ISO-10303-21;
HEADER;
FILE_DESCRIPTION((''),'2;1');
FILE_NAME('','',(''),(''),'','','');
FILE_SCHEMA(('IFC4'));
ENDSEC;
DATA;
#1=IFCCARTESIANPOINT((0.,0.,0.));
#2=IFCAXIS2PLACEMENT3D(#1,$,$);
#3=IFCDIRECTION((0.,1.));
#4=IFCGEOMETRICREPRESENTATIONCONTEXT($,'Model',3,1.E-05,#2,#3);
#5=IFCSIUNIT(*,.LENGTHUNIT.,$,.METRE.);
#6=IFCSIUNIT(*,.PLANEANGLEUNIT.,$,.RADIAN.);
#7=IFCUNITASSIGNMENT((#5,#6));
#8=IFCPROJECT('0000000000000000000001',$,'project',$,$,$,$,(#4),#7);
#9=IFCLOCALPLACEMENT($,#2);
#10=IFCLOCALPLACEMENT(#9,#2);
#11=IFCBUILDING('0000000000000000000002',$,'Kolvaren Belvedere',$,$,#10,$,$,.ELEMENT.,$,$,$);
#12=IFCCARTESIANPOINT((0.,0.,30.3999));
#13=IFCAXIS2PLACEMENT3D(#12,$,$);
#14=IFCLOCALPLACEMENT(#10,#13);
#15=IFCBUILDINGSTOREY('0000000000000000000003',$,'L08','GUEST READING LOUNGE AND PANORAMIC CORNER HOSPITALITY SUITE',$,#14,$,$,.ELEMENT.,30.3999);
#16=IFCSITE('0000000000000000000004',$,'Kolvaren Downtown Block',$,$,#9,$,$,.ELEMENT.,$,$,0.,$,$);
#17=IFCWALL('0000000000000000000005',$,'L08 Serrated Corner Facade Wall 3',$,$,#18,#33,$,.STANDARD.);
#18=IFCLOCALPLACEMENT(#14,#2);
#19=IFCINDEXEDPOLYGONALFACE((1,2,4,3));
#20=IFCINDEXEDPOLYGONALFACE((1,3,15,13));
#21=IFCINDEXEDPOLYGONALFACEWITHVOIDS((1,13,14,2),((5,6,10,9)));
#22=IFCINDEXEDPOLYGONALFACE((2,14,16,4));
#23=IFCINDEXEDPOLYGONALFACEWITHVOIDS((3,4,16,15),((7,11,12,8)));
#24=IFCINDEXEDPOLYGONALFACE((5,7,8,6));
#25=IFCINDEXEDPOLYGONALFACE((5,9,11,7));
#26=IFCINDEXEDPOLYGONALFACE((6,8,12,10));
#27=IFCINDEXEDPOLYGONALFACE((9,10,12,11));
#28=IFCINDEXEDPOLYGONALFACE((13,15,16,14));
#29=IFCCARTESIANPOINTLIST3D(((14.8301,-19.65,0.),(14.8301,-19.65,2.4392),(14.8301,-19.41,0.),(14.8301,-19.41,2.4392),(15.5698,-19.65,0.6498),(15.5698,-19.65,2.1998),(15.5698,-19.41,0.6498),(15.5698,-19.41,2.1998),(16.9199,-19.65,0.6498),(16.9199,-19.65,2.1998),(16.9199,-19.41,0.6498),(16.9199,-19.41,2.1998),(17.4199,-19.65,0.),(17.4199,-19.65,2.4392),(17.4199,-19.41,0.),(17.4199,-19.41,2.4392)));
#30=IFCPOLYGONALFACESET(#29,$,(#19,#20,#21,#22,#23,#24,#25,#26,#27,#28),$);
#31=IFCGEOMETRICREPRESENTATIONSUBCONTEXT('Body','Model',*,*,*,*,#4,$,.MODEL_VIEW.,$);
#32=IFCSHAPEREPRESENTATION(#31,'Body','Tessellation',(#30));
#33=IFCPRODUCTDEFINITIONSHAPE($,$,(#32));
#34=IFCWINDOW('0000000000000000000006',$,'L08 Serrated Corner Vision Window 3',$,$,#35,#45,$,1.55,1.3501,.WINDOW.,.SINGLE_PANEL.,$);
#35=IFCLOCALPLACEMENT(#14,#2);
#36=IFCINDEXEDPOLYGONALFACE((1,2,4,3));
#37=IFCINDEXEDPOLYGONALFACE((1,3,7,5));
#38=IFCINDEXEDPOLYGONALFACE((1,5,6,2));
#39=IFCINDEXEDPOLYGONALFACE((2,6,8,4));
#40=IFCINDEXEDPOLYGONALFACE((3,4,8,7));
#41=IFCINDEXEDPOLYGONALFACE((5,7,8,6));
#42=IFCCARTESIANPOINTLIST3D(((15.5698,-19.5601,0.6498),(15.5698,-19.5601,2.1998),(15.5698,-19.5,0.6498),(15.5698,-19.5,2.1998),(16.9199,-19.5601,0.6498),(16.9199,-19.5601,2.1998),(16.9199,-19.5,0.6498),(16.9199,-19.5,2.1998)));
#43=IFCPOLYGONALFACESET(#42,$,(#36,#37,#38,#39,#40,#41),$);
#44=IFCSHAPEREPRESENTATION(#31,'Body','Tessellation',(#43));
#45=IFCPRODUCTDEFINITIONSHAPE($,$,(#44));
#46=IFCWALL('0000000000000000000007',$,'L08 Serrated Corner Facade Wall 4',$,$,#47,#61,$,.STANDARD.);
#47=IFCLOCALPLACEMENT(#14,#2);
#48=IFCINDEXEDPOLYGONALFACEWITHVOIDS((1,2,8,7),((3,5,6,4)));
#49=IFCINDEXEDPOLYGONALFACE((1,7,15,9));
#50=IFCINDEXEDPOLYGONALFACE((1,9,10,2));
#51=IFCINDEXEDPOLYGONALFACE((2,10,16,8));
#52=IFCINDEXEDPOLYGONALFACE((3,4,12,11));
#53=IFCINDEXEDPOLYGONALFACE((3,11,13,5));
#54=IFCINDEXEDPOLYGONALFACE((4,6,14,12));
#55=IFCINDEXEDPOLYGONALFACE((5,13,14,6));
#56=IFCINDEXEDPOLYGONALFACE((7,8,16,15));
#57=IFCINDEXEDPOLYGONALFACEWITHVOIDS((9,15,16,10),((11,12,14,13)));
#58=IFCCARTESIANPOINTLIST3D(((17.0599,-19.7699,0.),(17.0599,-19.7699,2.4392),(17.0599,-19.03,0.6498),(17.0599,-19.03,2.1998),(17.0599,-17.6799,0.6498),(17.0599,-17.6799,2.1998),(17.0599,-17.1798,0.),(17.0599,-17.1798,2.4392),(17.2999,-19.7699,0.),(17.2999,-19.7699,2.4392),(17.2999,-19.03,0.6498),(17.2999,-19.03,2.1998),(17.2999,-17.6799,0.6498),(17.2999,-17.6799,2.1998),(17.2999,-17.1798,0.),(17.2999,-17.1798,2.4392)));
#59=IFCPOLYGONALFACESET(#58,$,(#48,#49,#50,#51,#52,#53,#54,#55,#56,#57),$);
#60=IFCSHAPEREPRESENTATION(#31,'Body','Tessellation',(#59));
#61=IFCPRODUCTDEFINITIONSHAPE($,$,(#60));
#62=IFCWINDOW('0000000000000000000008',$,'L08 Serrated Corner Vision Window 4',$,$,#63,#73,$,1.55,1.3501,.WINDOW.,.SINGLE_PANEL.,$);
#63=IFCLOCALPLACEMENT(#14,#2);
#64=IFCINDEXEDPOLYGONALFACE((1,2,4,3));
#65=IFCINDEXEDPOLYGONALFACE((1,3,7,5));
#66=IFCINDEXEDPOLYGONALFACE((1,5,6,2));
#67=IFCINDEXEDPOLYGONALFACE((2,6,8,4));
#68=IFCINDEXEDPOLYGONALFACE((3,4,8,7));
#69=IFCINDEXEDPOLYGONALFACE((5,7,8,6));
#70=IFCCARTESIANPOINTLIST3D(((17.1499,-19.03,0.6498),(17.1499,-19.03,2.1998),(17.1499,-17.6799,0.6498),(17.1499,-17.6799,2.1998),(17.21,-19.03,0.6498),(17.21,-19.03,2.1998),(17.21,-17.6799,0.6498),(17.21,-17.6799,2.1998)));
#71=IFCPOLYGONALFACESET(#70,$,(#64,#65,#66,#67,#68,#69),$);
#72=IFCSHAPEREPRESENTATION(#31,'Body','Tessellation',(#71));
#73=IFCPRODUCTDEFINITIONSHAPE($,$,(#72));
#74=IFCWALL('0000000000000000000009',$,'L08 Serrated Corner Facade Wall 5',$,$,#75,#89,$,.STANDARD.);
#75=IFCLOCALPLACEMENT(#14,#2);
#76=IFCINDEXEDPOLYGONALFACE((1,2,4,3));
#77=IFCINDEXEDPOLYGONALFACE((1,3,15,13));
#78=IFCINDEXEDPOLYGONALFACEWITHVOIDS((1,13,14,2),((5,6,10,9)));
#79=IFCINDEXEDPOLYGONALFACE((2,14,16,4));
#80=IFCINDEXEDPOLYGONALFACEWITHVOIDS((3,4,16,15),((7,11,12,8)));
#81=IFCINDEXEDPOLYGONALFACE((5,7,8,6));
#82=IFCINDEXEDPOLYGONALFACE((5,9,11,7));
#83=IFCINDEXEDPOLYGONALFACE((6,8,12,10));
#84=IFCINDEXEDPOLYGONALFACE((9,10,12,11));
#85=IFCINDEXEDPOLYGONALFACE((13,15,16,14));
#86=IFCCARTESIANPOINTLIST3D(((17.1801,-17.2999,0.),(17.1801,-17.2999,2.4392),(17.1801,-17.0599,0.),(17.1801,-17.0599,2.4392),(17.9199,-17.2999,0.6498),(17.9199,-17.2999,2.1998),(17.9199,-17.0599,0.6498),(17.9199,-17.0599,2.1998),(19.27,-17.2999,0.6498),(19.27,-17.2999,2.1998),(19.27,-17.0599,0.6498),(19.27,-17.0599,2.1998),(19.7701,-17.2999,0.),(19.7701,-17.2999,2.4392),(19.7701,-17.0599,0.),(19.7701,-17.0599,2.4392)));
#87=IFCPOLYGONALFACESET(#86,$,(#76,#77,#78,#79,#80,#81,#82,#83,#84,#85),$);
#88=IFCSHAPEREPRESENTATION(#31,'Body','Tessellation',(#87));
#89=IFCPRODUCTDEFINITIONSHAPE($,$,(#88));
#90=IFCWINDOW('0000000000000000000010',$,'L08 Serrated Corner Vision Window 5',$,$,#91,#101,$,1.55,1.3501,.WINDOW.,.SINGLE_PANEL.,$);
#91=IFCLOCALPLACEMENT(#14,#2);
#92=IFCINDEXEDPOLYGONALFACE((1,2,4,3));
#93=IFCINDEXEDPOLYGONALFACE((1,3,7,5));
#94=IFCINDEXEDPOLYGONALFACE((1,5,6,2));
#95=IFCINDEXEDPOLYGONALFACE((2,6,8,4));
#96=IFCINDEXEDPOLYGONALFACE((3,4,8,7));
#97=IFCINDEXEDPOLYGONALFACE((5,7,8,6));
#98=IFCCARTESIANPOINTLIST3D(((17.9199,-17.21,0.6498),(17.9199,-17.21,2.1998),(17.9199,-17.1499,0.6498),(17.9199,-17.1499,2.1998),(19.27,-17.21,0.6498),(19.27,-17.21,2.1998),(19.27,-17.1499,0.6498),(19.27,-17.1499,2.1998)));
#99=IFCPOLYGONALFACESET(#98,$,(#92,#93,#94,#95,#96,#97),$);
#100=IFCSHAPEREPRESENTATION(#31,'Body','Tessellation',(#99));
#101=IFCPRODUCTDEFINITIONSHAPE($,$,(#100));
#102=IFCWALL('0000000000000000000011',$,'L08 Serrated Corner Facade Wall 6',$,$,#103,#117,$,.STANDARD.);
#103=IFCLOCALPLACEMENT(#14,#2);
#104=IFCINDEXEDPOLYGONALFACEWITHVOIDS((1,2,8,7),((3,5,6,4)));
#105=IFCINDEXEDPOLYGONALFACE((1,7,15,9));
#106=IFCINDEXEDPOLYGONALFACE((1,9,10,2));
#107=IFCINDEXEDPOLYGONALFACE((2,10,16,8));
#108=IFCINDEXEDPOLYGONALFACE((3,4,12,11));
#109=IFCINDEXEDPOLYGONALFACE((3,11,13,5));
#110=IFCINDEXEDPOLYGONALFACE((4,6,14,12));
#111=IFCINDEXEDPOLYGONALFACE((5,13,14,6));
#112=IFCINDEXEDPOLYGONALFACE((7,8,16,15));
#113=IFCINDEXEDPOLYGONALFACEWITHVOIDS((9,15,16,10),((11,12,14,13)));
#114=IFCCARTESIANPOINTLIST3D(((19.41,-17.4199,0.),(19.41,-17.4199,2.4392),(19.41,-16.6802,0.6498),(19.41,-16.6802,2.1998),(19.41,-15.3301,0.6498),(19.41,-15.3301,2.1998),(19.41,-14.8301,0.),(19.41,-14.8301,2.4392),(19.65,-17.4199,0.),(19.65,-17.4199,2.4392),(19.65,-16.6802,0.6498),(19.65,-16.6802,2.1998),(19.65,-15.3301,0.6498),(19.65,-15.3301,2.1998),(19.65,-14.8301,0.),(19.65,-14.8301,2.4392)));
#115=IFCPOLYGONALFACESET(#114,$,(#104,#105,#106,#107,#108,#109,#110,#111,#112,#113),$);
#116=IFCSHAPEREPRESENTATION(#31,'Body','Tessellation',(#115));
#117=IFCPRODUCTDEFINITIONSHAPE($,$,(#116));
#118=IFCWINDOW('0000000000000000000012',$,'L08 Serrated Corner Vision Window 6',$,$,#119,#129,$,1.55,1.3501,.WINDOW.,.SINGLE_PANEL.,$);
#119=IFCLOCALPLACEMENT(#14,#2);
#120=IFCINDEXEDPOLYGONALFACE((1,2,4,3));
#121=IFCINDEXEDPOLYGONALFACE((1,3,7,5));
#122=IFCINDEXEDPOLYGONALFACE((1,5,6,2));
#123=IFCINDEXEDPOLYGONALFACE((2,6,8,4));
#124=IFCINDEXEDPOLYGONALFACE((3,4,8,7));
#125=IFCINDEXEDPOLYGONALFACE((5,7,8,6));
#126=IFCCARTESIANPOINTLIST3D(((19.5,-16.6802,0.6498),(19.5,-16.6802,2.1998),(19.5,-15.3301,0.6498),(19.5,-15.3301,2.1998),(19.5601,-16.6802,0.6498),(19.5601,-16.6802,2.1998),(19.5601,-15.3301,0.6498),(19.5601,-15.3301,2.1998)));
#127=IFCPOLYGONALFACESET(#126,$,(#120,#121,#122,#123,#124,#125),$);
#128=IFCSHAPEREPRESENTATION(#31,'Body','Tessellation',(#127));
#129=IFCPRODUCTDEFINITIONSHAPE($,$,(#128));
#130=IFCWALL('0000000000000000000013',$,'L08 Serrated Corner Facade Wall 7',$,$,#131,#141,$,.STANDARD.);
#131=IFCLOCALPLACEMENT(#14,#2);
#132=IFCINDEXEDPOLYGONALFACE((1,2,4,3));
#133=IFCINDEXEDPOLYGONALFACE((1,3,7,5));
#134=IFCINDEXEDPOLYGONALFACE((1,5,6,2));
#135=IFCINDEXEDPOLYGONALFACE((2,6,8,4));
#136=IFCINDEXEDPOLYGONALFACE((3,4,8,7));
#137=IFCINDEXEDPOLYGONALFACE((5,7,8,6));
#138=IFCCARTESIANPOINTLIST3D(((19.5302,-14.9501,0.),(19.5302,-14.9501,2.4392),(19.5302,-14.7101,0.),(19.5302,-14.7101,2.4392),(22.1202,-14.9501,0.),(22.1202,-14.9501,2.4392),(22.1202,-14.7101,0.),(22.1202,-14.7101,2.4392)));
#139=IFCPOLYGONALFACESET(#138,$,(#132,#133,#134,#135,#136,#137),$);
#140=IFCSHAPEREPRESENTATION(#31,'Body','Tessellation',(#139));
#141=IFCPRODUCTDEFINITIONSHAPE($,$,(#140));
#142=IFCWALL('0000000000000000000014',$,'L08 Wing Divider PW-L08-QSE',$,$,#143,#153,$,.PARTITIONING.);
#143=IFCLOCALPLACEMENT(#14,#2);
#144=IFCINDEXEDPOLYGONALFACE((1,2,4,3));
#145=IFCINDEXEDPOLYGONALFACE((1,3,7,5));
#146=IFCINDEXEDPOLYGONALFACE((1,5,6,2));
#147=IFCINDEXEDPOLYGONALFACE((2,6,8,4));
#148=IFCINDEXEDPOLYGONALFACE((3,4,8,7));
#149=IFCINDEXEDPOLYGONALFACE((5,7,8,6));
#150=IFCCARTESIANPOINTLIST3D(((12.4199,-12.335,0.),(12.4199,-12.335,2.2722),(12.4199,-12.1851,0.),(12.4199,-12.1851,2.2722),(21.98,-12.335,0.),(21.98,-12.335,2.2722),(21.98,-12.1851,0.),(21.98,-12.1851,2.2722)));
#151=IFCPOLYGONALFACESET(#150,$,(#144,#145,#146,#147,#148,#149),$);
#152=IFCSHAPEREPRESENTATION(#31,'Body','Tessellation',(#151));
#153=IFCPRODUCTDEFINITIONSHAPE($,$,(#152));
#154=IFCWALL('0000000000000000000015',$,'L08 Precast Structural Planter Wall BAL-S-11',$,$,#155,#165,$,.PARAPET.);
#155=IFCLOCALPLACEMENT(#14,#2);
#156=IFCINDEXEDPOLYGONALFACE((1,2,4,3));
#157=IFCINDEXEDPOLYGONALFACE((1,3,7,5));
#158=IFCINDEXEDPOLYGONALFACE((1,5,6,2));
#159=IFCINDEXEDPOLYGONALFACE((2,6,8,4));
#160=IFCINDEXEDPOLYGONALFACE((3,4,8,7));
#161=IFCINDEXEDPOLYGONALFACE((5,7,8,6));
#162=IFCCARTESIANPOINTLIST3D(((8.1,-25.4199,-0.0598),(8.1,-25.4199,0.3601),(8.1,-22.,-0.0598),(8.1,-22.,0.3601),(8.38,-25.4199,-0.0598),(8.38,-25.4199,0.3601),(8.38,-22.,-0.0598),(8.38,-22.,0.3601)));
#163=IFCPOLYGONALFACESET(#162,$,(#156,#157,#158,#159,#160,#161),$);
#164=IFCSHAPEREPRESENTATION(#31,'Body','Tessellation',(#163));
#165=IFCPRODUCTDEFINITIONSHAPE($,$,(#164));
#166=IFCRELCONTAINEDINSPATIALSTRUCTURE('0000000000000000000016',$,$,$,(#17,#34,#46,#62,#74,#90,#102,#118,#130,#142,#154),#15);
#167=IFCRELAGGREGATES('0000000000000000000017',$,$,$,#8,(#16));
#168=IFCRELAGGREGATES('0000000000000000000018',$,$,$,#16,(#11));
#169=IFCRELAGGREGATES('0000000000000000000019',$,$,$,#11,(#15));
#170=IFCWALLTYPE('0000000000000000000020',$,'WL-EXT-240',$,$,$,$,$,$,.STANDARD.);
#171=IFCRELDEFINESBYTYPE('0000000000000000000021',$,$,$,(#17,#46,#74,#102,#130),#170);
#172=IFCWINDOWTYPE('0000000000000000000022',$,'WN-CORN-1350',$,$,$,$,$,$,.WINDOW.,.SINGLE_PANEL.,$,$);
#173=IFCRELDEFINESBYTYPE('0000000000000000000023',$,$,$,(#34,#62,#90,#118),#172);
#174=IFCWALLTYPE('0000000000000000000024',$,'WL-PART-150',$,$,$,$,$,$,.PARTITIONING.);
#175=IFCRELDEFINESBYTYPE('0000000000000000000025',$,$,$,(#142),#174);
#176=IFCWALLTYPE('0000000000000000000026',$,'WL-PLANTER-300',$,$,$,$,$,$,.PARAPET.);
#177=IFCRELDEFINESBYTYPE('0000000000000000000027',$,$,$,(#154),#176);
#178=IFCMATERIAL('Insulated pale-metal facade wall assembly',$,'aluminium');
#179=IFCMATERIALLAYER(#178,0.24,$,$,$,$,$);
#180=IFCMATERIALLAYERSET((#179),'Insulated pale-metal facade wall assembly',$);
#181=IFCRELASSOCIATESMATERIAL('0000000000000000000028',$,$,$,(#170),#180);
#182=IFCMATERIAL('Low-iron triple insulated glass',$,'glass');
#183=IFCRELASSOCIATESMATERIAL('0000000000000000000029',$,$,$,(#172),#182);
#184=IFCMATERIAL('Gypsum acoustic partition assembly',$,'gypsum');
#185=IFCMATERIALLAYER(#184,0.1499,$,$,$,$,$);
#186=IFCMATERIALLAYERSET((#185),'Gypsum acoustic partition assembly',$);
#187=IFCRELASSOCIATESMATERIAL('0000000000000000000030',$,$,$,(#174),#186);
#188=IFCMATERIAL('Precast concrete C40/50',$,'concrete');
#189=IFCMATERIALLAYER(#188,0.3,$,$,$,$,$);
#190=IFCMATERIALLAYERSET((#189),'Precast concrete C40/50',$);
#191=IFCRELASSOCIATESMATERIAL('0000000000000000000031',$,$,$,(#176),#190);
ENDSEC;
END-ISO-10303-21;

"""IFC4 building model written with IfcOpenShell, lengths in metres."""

from ifc_helpers import new_model, si_unit, direction, frame, frame_2d, origin, place, context, subcontext, project, spatial, rectangle, extrude, material, layer, layer_set, type_object, element, fill, save


model = new_model("IFC4")

# Units and contexts
model_context = context("Model", 3, precision=1e-05, world=origin(), true_north=direction((0.0, 1.0)))
body_context = subcontext(model_context, "Body", "Model", "MODEL_VIEW")
ifc_project = project(units=[si_unit("LENGTHUNIT", "METRE"), si_unit("PLANEANGLEUNIT", "RADIAN")], contexts=[model_context])

# Site, building, storey
site_placement = place(None, origin())
site = spatial("IfcSite", under=ifc_project, at=site_placement, Name="Kolvaren Downtown Block", CompositionType="ELEMENT", RefElevation=0.0)
building_placement = place(site_placement, origin())
building = spatial("IfcBuilding", under=site, at=building_placement, Name="Kolvaren Belvedere", CompositionType="ELEMENT")
storey_placement = place(building_placement, frame((0.0, 0.0, 30.3999)))
storey = spatial("IfcBuildingStorey", under=building, at=storey_placement, Name="L08", Description="GUEST READING LOUNGE AND PANORAMIC CORNER HOSPITALITY SUITE", CompositionType="ELEMENT", Elevation=30.3999)

# Shared definitions
ifc_material_1 = material(Name="Insulated pale-metal facade wall assembly", Category="aluminium")
ifc_layer_1 = layer(ifc_material_1, 0.24)
ifc_layer_set_1 = layer_set([ifc_layer_1], Name="Insulated pale-metal facade wall assembly")
wall_type_1 = type_object("IfcWallType", Name="WL-EXT-240", PredefinedType="STANDARD", material=ifc_layer_set_1)

# Walls, openings, windows
wall_1_placement = place(storey_placement, frame((17.4199, -19.53, 0.0), z_axis=(0.0, 0.0, 1.0), x_axis=(-1.0, 0.0, 0.0)))
wall_1 = element("IfcWall", 1, at=wall_1_placement, inside=storey, type_object=wall_type_1, Name="L08 Serrated Corner Facade Wall 3", PredefinedType="STANDARD", context=body_context, shape_type="SweptSolid", body=[
    extrude(rectangle(XDim=2.5898, YDim=0.24, at=frame_2d((1.2949, 0.0))), origin(), (0.0, 0.0, 1.0), 2.4392),
])
opening_1_placement = place(wall_1_placement, frame((0.5, 0.0, 0.6499)))
opening_1 = element("IfcOpeningElement", 2, at=opening_1_placement, cuts=wall_1, PredefinedType="OPENING", context=body_context, shape_type="SweptSolid", body=[
    extrude(rectangle(XDim=1.3501, YDim=1.55, at=frame_2d((0.675, 0.7749))), frame((0.0, 0.1299, 0.0), z_axis=(0.0, -1.0, 0.0), x_axis=(1.0, 0.0, 0.0)), (0.0, 0.0, 1.0), 0.26),
])
ifc_material_2 = material(Name="Low-iron triple insulated glass", Category="glass")
window_type = type_object("IfcWindowType", Name="WN-CORN-1350", PartitioningType="SINGLE_PANEL", PredefinedType="WINDOW", material=ifc_material_2)
window_1_placement = place(opening_1_placement, origin())
window_1 = element("IfcWindow", 3, at=window_1_placement, inside=storey, type_object=window_type, Name="L08 Serrated Corner Vision Window 3", OverallHeight=1.55, OverallWidth=1.3501, PartitioningType="SINGLE_PANEL", PredefinedType="WINDOW", context=body_context, shape_type="SweptSolid", body=[
    extrude(rectangle(XDim=1.3501, YDim=1.55, at=frame_2d((0.675, 0.7749))), frame((0.0, 0.03, 0.0), z_axis=(0.0, -1.0, 0.0), x_axis=(1.0, 0.0, 0.0)), (0.0, 0.0, 1.0), 0.0601),
])
fill(opening_1, window_1)
wall_2_placement = place(storey_placement, frame((17.1799, -17.1799, 0.0), z_axis=(0.0, 0.0, 1.0), x_axis=(0.0, -1.0, 0.0)))
wall_2 = element("IfcWall", 4, at=wall_2_placement, inside=storey, type_object=wall_type_1, Name="L08 Serrated Corner Facade Wall 4", PredefinedType="STANDARD", context=body_context, shape_type="SweptSolid", body=[
    extrude(rectangle(XDim=2.5901, YDim=0.24, at=frame_2d((1.2949, 0.0))), origin(), (0.0, 0.0, 1.0), 2.4392),
])
opening_2_placement = place(wall_2_placement, frame((0.5, 0.0, 0.6499)))
opening_2 = element("IfcOpeningElement", 5, at=opening_2_placement, cuts=wall_2, PredefinedType="OPENING", context=body_context, shape_type="SweptSolid", body=[
    extrude(rectangle(XDim=1.3501, YDim=1.55, at=frame_2d((0.675, 0.7749))), frame((0.0, 0.1299, 0.0), z_axis=(0.0, -1.0, 0.0), x_axis=(1.0, 0.0, 0.0)), (0.0, 0.0, 1.0), 0.26),
])
window_2_placement = place(opening_2_placement, origin())
window_2 = element("IfcWindow", 6, at=window_2_placement, inside=storey, type_object=window_type, Name="L08 Serrated Corner Vision Window 4", OverallHeight=1.55, OverallWidth=1.3501, PartitioningType="SINGLE_PANEL", PredefinedType="WINDOW", context=body_context, shape_type="SweptSolid", body=[
    extrude(rectangle(XDim=1.3501, YDim=1.55, at=frame_2d((0.675, 0.7749))), frame((0.0, 0.03, 0.0), z_axis=(0.0, -1.0, 0.0), x_axis=(1.0, 0.0, 0.0)), (0.0, 0.0, 1.0), 0.0601),
])
fill(opening_2, window_2)
wall_3_placement = place(storey_placement, frame((19.77, -17.1799, 0.0), z_axis=(0.0, 0.0, 1.0), x_axis=(-1.0, 0.0, 0.0)))
wall_3 = element("IfcWall", 7, at=wall_3_placement, inside=storey, type_object=wall_type_1, Name="L08 Serrated Corner Facade Wall 5", PredefinedType="STANDARD", context=body_context, shape_type="SweptSolid", body=[
    extrude(rectangle(XDim=2.5901, YDim=0.24, at=frame_2d((1.2949, 0.0))), origin(), (0.0, 0.0, 1.0), 2.4392),
])
opening_3_placement = place(wall_3_placement, frame((0.5, 0.0, 0.6499)))
opening_3 = element("IfcOpeningElement", 8, at=opening_3_placement, cuts=wall_3, PredefinedType="OPENING", context=body_context, shape_type="SweptSolid", body=[
    extrude(rectangle(XDim=1.3501, YDim=1.55, at=frame_2d((0.675, 0.7749))), frame((0.0, 0.1299, 0.0), z_axis=(0.0, -1.0, 0.0), x_axis=(1.0, 0.0, 0.0)), (0.0, 0.0, 1.0), 0.26),
])
window_3_placement = place(opening_3_placement, origin())
window_3 = element("IfcWindow", 9, at=window_3_placement, inside=storey, type_object=window_type, Name="L08 Serrated Corner Vision Window 5", OverallHeight=1.55, OverallWidth=1.3501, PartitioningType="SINGLE_PANEL", PredefinedType="WINDOW", context=body_context, shape_type="SweptSolid", body=[
    extrude(rectangle(XDim=1.3501, YDim=1.55, at=frame_2d((0.675, 0.7749))), frame((0.0, 0.03, 0.0), z_axis=(0.0, -1.0, 0.0), x_axis=(1.0, 0.0, 0.0)), (0.0, 0.0, 1.0), 0.0601),
])
fill(opening_3, window_3)
wall_4_placement = place(storey_placement, frame((19.53, -14.8301, 0.0), z_axis=(0.0, 0.0, 1.0), x_axis=(0.0, -1.0, 0.0)))
wall_4 = element("IfcWall", 10, at=wall_4_placement, inside=storey, type_object=wall_type_1, Name="L08 Serrated Corner Facade Wall 6", PredefinedType="STANDARD", context=body_context, shape_type="SweptSolid", body=[
    extrude(rectangle(XDim=2.5898, YDim=0.24, at=frame_2d((1.2949, 0.0))), origin(), (0.0, 0.0, 1.0), 2.4392),
])
opening_4_placement = place(wall_4_placement, frame((0.5, 0.0, 0.6499)))
opening_4 = element("IfcOpeningElement", 11, at=opening_4_placement, cuts=wall_4, PredefinedType="OPENING", context=body_context, shape_type="SweptSolid", body=[
    extrude(rectangle(XDim=1.3501, YDim=1.55, at=frame_2d((0.675, 0.7749))), frame((0.0, 0.1299, 0.0), z_axis=(0.0, -1.0, 0.0), x_axis=(1.0, 0.0, 0.0)), (0.0, 0.0, 1.0), 0.26),
])
window_4_placement = place(opening_4_placement, origin())
window_4 = element("IfcWindow", 12, at=window_4_placement, inside=storey, type_object=window_type, Name="L08 Serrated Corner Vision Window 6", OverallHeight=1.55, OverallWidth=1.3501, PartitioningType="SINGLE_PANEL", PredefinedType="WINDOW", context=body_context, shape_type="SweptSolid", body=[
    extrude(rectangle(XDim=1.3501, YDim=1.55, at=frame_2d((0.675, 0.7749))), frame((0.0, 0.03, 0.0), z_axis=(0.0, -1.0, 0.0), x_axis=(1.0, 0.0, 0.0)), (0.0, 0.0, 1.0), 0.0601),
])
fill(opening_4, window_4)

# Walls
wall_5_placement = place(storey_placement, frame((22.1201, -14.8301, 0.0), z_axis=(0.0, 0.0, 1.0), x_axis=(-1.0, 0.0, 0.0)))
element("IfcWall", 13, at=wall_5_placement, inside=storey, type_object=wall_type_1, Name="L08 Serrated Corner Facade Wall 7", PredefinedType="STANDARD", context=body_context, shape_type="SweptSolid", body=[
    extrude(rectangle(XDim=2.5901, YDim=0.24, at=frame_2d((1.2949, 0.0))), origin(), (0.0, 0.0, 1.0), 2.4392),
])
ifc_material_3 = material(Name="Gypsum acoustic partition assembly", Category="gypsum")
ifc_layer_2 = layer(ifc_material_3, 0.1499)
ifc_layer_set_2 = layer_set([ifc_layer_2], Name="Gypsum acoustic partition assembly")
wall_type_2 = type_object("IfcWallType", Name="WL-PART-150", PredefinedType="PARTITIONING", material=ifc_layer_set_2)
wall_6_placement = place(storey_placement, frame((12.4199, -12.26, 0.0), z_axis=(0.0, 0.0, 1.0), x_axis=(1.0, 0.0, 0.0)))
element("IfcWall", 14, at=wall_6_placement, inside=storey, type_object=wall_type_2, Name="L08 Wing Divider PW-L08-QSE", PredefinedType="PARTITIONING", context=body_context, shape_type="SweptSolid", body=[
    extrude(rectangle(XDim=9.5601, YDim=0.1499, at=frame_2d((4.78, 0.0))), origin(), (0.0, 0.0, 1.0), 2.2722),
])
ifc_material_4 = material(Name="Precast concrete C40/50", Category="concrete")
ifc_layer_3 = layer(ifc_material_4, 0.3)
ifc_layer_set_3 = layer_set([ifc_layer_3], Name="Precast concrete C40/50")
wall_type_3 = type_object("IfcWallType", Name="WL-PLANTER-300", PredefinedType="PARAPET", material=ifc_layer_set_3)
wall_7_placement = place(storey_placement, frame((8.24, -25.4199, -0.0598), z_axis=(0.0, 0.0, 1.0), x_axis=(0.0, 1.0, 0.0)))
element("IfcWall", 15, at=wall_7_placement, inside=storey, type_object=wall_type_3, Name="L08 Precast Structural Planter Wall BAL-S-11", PredefinedType="PARAPET", context=body_context, shape_type="SweptSolid", body=[
    extrude(rectangle(XDim=3.4199, YDim=0.28, at=frame_2d((1.71, 0.0))), origin(), (0.0, 0.0, 1.0), 0.4199),
])

save(model, "model.ifc")
